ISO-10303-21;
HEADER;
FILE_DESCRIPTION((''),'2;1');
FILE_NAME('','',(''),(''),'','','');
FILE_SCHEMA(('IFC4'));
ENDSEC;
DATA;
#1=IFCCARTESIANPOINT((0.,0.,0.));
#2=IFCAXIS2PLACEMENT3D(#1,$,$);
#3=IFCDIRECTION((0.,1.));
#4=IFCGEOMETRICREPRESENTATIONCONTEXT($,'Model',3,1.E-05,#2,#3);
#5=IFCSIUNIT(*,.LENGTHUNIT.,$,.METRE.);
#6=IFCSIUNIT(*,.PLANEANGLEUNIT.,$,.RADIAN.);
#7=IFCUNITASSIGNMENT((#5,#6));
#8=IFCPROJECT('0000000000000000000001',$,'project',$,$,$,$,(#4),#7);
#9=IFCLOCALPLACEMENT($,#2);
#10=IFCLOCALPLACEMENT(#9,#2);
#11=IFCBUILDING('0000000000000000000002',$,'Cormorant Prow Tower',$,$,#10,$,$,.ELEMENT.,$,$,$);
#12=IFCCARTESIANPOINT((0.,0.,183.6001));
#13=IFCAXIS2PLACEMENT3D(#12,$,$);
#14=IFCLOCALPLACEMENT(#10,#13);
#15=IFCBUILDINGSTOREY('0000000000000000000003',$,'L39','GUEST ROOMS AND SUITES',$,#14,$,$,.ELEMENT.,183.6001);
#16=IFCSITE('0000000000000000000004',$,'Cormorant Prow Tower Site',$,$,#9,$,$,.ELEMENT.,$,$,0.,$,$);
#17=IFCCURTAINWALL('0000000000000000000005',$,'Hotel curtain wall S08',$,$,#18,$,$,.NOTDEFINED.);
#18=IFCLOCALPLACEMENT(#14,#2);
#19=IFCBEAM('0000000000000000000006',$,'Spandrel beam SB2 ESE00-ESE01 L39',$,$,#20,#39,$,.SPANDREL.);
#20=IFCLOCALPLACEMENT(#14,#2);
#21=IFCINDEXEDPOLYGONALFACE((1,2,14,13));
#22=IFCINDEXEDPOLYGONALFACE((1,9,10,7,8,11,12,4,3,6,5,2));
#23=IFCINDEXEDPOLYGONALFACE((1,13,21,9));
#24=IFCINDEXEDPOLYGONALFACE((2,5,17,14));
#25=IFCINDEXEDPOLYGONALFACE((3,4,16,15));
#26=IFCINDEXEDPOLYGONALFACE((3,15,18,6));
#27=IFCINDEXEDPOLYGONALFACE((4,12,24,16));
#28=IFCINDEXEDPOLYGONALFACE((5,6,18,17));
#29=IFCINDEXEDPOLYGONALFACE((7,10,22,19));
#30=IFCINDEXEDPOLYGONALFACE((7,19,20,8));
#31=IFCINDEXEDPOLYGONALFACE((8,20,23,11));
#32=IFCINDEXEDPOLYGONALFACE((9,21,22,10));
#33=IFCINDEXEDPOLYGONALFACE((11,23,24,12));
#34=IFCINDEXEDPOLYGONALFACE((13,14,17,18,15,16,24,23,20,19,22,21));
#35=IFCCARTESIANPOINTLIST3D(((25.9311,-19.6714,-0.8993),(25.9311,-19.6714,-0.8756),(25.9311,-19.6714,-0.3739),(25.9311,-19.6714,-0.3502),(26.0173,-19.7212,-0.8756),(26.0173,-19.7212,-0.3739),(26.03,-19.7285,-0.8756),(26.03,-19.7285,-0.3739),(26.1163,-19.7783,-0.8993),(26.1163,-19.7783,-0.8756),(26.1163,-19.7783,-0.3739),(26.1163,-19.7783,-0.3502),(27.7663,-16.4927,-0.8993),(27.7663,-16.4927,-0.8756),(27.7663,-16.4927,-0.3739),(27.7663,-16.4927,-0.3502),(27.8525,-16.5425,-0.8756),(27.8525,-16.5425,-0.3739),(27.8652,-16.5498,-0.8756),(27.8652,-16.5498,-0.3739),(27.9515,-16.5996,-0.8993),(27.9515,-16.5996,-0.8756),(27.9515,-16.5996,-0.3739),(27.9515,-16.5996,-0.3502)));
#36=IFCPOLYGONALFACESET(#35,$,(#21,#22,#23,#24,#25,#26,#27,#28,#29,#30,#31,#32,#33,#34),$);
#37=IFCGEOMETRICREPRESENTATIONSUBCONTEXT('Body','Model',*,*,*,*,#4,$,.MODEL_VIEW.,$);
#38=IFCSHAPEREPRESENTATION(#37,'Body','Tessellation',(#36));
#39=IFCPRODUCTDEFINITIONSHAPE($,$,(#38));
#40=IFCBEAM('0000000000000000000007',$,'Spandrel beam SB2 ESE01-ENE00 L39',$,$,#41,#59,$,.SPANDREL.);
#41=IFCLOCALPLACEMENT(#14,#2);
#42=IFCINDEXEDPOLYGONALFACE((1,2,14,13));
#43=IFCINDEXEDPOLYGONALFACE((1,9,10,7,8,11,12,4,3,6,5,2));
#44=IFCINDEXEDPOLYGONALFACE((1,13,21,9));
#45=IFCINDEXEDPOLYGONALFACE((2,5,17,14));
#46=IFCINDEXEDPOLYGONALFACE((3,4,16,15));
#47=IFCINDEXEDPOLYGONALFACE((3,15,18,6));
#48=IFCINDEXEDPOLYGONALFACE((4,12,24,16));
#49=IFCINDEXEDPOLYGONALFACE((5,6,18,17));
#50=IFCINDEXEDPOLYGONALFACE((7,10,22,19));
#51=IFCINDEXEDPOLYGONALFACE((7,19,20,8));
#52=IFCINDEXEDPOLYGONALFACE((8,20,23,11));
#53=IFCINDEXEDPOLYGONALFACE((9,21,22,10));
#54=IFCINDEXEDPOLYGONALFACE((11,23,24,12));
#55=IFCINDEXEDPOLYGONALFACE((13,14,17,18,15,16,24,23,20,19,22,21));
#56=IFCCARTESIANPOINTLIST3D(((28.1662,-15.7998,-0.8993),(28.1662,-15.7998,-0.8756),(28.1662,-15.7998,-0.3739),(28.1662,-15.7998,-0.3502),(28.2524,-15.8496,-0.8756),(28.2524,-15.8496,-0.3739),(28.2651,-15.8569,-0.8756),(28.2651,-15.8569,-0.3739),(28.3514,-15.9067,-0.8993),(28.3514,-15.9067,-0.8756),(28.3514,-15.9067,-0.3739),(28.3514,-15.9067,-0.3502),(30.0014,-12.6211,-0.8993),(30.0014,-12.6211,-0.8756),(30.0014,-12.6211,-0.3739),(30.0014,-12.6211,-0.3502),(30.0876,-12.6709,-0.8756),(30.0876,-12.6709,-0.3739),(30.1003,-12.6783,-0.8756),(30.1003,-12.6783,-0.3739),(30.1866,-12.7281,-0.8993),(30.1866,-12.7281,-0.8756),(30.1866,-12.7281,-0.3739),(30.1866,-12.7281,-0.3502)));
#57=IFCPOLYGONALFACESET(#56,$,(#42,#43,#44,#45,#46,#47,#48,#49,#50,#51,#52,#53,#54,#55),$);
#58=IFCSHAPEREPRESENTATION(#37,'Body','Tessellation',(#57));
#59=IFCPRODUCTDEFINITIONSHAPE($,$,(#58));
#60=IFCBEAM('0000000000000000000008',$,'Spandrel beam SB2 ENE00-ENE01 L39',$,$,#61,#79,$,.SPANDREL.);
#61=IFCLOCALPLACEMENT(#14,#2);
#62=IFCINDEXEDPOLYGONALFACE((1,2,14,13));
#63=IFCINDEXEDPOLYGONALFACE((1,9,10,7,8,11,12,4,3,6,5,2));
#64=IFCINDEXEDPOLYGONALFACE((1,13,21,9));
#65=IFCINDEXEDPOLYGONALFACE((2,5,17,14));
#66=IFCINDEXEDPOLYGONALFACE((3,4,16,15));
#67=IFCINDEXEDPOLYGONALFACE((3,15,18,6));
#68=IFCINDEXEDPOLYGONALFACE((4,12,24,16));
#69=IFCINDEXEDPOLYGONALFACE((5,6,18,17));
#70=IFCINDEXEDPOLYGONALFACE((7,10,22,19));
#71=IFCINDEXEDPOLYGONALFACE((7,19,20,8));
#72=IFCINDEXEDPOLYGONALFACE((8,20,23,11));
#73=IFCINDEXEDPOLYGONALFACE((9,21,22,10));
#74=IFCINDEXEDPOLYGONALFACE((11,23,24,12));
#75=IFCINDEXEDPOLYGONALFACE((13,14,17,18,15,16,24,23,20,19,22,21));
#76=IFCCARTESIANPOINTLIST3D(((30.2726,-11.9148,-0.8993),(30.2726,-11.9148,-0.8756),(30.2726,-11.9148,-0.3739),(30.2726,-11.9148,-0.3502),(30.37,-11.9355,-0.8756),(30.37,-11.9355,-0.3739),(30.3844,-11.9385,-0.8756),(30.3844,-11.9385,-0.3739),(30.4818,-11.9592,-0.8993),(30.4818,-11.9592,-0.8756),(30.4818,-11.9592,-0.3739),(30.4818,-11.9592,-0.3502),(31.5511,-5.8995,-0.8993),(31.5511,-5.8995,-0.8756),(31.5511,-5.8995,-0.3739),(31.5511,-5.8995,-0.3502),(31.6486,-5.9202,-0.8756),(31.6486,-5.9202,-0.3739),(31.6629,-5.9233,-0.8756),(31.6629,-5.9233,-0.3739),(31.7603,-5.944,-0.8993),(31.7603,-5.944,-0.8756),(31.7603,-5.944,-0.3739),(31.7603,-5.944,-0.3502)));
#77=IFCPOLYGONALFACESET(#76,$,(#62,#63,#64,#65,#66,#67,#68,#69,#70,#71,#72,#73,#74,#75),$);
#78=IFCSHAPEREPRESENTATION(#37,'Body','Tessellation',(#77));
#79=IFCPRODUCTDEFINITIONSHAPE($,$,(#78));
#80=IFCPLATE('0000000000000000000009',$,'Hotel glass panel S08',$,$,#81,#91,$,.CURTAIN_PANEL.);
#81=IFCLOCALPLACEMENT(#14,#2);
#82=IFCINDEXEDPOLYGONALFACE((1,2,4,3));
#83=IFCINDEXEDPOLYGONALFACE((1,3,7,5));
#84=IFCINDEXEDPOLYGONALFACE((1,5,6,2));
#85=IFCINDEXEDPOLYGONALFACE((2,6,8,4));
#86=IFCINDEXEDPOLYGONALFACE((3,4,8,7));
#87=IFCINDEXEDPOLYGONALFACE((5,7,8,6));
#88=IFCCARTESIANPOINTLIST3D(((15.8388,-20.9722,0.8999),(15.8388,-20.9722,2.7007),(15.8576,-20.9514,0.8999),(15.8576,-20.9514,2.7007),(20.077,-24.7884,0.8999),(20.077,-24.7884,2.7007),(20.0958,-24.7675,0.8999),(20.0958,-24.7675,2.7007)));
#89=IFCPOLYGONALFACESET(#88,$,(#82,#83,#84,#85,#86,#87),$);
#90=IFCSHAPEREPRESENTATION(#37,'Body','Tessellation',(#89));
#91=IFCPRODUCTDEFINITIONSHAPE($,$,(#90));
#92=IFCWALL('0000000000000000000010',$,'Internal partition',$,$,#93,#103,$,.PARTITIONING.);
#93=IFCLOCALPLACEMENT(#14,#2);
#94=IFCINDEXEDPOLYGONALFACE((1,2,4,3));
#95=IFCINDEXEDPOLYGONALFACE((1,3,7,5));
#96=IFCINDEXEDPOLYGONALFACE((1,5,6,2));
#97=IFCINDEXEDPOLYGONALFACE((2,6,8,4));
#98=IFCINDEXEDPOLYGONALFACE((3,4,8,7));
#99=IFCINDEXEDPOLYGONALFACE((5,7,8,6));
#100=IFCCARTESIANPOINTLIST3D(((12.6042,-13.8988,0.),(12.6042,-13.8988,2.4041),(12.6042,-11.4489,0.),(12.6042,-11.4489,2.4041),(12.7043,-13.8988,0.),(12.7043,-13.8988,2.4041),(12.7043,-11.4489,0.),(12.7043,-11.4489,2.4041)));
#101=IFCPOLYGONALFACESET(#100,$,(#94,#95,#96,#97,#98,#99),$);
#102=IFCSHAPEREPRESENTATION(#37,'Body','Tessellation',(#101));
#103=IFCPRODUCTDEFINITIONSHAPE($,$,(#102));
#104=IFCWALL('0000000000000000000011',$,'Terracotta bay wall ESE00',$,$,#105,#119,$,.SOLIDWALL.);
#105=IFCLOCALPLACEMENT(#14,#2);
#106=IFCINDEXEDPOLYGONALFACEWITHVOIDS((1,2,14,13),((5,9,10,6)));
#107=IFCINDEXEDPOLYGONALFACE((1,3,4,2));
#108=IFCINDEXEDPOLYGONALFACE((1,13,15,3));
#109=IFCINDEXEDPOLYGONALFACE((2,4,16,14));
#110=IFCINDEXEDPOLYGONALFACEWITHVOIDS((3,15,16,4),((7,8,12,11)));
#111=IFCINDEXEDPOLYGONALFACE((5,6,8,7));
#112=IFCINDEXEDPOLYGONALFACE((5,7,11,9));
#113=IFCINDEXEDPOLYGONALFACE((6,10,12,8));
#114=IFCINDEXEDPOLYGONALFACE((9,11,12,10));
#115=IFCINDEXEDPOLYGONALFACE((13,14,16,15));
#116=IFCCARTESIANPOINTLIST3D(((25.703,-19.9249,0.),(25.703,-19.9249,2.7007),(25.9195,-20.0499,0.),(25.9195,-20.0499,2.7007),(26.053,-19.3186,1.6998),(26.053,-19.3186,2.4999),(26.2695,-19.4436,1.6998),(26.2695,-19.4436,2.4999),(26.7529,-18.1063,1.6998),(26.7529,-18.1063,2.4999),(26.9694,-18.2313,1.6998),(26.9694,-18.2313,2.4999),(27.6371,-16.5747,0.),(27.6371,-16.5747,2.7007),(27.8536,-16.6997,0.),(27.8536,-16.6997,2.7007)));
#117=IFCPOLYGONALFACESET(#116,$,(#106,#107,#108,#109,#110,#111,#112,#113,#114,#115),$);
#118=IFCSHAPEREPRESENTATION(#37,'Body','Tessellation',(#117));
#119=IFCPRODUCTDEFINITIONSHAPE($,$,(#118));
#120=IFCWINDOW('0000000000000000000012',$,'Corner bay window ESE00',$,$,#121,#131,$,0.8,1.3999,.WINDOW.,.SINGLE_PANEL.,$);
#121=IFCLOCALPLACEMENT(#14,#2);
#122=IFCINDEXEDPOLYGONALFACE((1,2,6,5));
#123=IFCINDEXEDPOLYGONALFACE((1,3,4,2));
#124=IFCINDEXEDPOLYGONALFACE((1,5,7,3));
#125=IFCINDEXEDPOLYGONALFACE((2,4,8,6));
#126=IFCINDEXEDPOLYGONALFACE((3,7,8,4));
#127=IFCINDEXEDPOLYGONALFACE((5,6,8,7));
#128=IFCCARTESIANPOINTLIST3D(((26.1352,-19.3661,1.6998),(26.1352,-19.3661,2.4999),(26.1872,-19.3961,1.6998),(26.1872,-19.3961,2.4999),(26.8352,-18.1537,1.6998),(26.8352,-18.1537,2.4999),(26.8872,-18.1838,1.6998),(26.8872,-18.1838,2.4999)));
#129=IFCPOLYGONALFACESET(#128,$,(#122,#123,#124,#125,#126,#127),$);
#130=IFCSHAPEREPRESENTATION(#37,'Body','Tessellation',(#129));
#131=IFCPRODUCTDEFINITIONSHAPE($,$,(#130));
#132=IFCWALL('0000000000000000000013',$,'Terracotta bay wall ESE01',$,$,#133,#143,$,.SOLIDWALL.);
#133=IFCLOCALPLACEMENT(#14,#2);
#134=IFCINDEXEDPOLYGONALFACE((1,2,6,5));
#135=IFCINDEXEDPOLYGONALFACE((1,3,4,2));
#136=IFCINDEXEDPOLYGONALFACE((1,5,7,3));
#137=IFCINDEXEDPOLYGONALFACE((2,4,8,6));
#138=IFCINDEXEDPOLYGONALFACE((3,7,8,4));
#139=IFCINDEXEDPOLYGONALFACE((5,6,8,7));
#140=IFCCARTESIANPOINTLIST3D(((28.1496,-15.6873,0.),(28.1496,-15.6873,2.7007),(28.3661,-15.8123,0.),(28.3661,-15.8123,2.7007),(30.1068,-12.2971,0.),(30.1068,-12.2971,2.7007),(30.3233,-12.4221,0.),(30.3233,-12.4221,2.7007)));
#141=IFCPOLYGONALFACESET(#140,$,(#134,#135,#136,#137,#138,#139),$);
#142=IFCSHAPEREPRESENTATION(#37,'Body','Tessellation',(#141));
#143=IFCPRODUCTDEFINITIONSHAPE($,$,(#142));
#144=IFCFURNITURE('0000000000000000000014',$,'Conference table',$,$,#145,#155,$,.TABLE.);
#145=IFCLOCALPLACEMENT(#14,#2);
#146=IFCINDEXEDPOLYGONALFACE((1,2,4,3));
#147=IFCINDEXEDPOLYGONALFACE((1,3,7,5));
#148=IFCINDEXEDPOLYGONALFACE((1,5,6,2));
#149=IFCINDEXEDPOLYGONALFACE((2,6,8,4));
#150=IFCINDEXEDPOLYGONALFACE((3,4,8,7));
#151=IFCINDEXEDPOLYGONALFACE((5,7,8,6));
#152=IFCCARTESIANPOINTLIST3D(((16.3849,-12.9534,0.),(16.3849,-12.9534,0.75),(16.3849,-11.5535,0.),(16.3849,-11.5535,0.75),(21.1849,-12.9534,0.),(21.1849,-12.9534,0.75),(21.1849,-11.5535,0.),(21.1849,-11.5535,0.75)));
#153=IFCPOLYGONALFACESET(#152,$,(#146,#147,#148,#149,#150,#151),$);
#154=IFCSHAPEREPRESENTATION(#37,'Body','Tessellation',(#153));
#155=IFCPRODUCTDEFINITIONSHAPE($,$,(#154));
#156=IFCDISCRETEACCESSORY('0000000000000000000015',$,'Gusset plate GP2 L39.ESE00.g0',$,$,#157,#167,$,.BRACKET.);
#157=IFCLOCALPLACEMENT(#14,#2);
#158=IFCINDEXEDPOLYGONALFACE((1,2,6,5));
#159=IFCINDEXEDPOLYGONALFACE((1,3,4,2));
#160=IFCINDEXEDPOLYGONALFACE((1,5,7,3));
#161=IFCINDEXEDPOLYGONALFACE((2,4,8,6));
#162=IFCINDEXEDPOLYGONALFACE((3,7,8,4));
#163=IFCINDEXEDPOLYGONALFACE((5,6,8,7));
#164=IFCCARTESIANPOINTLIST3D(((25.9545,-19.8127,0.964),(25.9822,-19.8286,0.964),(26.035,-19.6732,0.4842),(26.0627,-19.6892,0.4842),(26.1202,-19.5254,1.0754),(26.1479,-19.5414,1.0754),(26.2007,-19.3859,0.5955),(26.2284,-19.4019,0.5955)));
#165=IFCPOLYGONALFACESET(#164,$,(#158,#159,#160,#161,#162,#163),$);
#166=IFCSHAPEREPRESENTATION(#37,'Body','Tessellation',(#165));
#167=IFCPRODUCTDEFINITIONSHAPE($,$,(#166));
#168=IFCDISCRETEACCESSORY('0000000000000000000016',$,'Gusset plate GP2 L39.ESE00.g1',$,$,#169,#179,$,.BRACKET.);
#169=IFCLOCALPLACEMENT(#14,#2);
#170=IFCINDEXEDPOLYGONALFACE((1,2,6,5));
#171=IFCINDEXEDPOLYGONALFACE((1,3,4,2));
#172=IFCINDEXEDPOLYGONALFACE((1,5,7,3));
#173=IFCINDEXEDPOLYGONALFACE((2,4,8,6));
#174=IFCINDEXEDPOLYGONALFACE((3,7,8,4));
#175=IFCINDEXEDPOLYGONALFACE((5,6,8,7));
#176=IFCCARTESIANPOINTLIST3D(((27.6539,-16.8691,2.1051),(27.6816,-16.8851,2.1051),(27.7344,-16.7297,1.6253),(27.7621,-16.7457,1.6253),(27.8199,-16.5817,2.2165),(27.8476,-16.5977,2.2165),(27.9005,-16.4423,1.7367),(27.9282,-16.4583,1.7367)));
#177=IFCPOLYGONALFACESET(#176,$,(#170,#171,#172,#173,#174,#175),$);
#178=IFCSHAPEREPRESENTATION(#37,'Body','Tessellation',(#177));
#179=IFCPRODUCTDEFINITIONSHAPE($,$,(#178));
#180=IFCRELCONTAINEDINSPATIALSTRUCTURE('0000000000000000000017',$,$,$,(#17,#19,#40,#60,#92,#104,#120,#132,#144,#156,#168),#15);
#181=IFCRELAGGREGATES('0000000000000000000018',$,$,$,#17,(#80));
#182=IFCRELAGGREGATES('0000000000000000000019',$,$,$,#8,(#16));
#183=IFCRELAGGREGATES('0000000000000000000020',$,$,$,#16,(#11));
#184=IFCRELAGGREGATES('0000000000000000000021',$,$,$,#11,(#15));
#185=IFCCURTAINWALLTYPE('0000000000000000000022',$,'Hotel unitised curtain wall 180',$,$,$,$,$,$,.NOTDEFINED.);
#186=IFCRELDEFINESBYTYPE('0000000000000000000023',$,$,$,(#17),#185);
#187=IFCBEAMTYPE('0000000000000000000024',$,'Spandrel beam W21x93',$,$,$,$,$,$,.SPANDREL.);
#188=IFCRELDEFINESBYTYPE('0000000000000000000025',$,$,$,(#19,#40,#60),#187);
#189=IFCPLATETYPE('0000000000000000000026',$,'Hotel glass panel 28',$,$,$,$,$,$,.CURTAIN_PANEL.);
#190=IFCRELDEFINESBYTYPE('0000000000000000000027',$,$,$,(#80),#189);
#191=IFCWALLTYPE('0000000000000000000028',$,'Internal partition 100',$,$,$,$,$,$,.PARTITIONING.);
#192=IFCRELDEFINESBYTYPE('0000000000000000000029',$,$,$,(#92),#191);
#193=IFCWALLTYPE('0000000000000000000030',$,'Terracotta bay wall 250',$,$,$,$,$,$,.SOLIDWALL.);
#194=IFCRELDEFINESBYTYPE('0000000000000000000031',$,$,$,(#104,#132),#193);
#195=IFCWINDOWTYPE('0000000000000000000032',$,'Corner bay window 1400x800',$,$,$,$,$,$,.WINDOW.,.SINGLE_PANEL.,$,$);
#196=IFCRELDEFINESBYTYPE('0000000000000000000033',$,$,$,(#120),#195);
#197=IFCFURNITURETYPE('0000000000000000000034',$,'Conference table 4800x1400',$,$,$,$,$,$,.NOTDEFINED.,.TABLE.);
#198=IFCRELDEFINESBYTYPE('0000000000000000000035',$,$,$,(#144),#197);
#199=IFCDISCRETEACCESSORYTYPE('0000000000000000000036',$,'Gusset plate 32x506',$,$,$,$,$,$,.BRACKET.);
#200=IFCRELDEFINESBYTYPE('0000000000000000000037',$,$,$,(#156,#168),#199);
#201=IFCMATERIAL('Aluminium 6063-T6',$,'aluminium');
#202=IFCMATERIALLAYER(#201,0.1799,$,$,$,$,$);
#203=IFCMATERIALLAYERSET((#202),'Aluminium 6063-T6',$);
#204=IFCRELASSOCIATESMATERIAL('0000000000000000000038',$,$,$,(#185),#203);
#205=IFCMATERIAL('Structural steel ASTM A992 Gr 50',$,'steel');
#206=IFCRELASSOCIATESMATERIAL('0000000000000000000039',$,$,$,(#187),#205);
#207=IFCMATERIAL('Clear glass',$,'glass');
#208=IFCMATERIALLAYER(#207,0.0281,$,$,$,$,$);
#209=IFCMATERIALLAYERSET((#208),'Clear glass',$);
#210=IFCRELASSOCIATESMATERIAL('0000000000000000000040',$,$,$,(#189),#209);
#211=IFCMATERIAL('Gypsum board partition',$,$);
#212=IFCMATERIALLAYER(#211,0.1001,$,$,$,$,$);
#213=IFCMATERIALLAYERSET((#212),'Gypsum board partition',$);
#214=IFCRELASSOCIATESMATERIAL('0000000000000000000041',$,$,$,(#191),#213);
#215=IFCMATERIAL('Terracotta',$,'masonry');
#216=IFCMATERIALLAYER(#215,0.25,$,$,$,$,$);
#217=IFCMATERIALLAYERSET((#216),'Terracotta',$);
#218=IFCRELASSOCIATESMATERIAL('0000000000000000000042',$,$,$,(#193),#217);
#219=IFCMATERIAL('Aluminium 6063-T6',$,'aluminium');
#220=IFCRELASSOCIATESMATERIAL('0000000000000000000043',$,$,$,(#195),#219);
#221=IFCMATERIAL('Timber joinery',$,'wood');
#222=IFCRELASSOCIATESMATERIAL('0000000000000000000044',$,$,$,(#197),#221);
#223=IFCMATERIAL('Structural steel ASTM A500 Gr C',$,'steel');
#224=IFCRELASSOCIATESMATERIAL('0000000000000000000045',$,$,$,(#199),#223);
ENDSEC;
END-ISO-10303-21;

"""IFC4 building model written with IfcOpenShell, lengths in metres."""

from ifc_helpers import new_model, si_unit, direction, frame, frame_2d, origin, origin_2d, place, context, subcontext, project, spatial, rectangle, i_section, extrude, material, layer, layer_set, material_profile, profile_set, type_object, element, fill, aggregate, save


model = new_model("IFC4")

# Units and contexts
model_context = context("Model", 3, precision=1e-05, world=origin(), true_north=direction((0.0, 1.0)))
body_context = subcontext(model_context, "Body", "Model", "MODEL_VIEW")
ifc_project = project(units=[si_unit("LENGTHUNIT", "METRE"), si_unit("PLANEANGLEUNIT", "RADIAN")], contexts=[model_context])

# Site, building, storey
site_placement = place(None, origin())
site = spatial("IfcSite", under=ifc_project, at=site_placement, Name="Cormorant Prow Tower Site", CompositionType="ELEMENT", RefElevation=0.0)
building_placement = place(site_placement, origin())
building = spatial("IfcBuilding", under=site, at=building_placement, Name="Cormorant Prow Tower", CompositionType="ELEMENT")
storey_placement = place(building_placement, frame((0.0, 0.0, 183.6001)))
storey = spatial("IfcBuildingStorey", under=building, at=storey_placement, Name="L39", Description="GUEST ROOMS AND SUITES", CompositionType="ELEMENT", Elevation=183.6001)

# Curtain wall
ifc_material_1 = material(Name="Aluminium 6063-T6", Category="aluminium")
ifc_layer_1 = layer(ifc_material_1, 0.1799)
ifc_layer_set_1 = layer_set([ifc_layer_1], Name="Aluminium 6063-T6")
curtain_wall_type = type_object("IfcCurtainWallType", Name="Hotel unitised curtain wall 180", PredefinedType="NOTDEFINED", material=ifc_layer_set_1)
curtain_wall_placement = place(storey_placement, origin())
curtain_wall = element("IfcCurtainWall", 1, at=curtain_wall_placement, inside=storey, type_object=curtain_wall_type, Name="Hotel curtain wall S08", PredefinedType="NOTDEFINED")

# Beams
ifc_material_2 = material(Name="Structural steel ASTM A992 Gr 50", Category="steel")
ifc_material_profile_1 = material_profile(ifc_material_2, i_section(OverallWidth=0.2139, OverallDepth=0.5491, WebThickness=0.0146, FlangeThickness=0.0237, at=origin_2d()), Name="W21x93")
ifc_profile_set_1 = profile_set([ifc_material_profile_1], Name="Structural steel ASTM A992 Gr 50")
beam_type = type_object("IfcBeamType", Name="Spandrel beam W21x93", PredefinedType="SPANDREL", material=ifc_profile_set_1)
for number, where, z_axis, x_axis, name in (
    (2, (26.0237, -19.7249, -0.6248), (0.499995, 0.866028, 0.0), (-0.866028, 0.499995, 0.0), "Spandrel beam SB2 ESE00-ESE01 L39"),
    (3, (28.2588, -15.8533, -0.6248), (0.499995, 0.866028, 0.0), (-0.866028, 0.499995, 0.0), "Spandrel beam SB2 ESE01-ENE00 L39"),
):
    element("IfcBeam", number, at=place(storey_placement, frame(where, z_axis=z_axis, x_axis=x_axis)), inside=storey, type_object=beam_type, Name=name, PredefinedType="SPANDREL", context=body_context, shape_type="SweptSolid", body=[
        extrude(i_section(OverallWidth=0.2139, OverallDepth=0.5491, WebThickness=0.0146, FlangeThickness=0.0237, at=origin_2d()), origin(), (0.0, 0.0, 1.0), 3.6704),
    ])
beam_1_placement = place(storey_placement, frame((30.3772, -11.937, -0.6248), z_axis=(0.207905, 0.978149, 0.0), x_axis=(-0.978149, 0.207905, 0.0)))
element("IfcBeam", 4, at=beam_1_placement, inside=storey, type_object=beam_type, Name="Spandrel beam SB2 ENE00-ENE01 L39", PredefinedType="SPANDREL", context=body_context, shape_type="SweptSolid", body=[
    extrude(i_section(OverallWidth=0.2139, OverallDepth=0.5491, WebThickness=0.0146, FlangeThickness=0.0237, at=origin_2d()), origin(), (0.0, 0.0, 1.0), 6.1497),
])

# Plate
ifc_material_3 = material(Name="Clear glass", Category="glass")
ifc_layer_2 = layer(ifc_material_3, 0.0281)
ifc_layer_set_2 = layer_set([ifc_layer_2], Name="Clear glass")
plate_type = type_object("IfcPlateType", Name="Hotel glass panel 28", PredefinedType="CURTAIN_PANEL", material=ifc_layer_set_2)
plate_placement = place(storey_placement, frame((17.9673, -22.8699, 0.8999), z_axis=(0.0, 0.0, 1.0), x_axis=(0.743145, -0.669131, 0.0)))
plate = element("IfcPlate", 5, at=plate_placement, type_object=plate_type, Name="Hotel glass panel S08", PredefinedType="CURTAIN_PANEL", context=body_context, shape_type="SweptSolid", body=[
    extrude(rectangle(XDim=5.7031, YDim=0.0281, at=origin_2d()), origin(), (0.0, 0.0, 1.0), 1.8008),
])
aggregate(curtain_wall, [plate])

# Wall
ifc_material_4 = material(Name="Gypsum board partition")
ifc_layer_3 = layer(ifc_material_4, 0.1001)
ifc_layer_set_3 = layer_set([ifc_layer_3], Name="Gypsum board partition")
wall_type_1 = type_object("IfcWallType", Name="Internal partition 100", PredefinedType="PARTITIONING", material=ifc_layer_set_3)
wall_1_placement = place(storey_placement, frame((12.6543, -13.8989, 0.0), z_axis=(0.0, 0.0, 1.0), x_axis=(0.0, 1.0, 0.0)))
element("IfcWall", 6, at=wall_1_placement, inside=storey, type_object=wall_type_1, Name="Internal partition", PredefinedType="PARTITIONING", context=body_context, shape_type="SweptSolid", body=[
    extrude(rectangle(XDim=2.45, YDim=0.1001, at=frame_2d((1.2251, 0.0))), origin(), (0.0, 0.0, 1.0), 2.4041),
])

# Wall, opening, window
ifc_material_5 = material(Name="Terracotta", Category="masonry")
ifc_layer_4 = layer(ifc_material_5, 0.25)
ifc_layer_set_4 = layer_set([ifc_layer_4], Name="Terracotta")
wall_type_2 = type_object("IfcWallType", Name="Terracotta bay wall 250", PredefinedType="SOLIDWALL", material=ifc_layer_set_4)
wall_2_placement = place(storey_placement, frame((25.8113, -19.9873, 0.0), z_axis=(0.0, 0.0, 1.0), x_axis=(0.499981, 0.866036, 0.0)))
wall_2 = element("IfcWall", 7, at=wall_2_placement, inside=storey, type_object=wall_type_2, Name="Terracotta bay wall ESE00", PredefinedType="SOLIDWALL", context=body_context, shape_type="SweptSolid", body=[
    extrude(rectangle(XDim=3.8684, YDim=0.25, at=frame_2d((1.9341, 0.0))), origin(), (0.0, 0.0, 1.0), 2.7007),
])
opening_1_placement = place(wall_2_placement, frame((0.7, 0.0, 1.7)))
opening_1 = element("IfcOpeningElement", 8, at=opening_1_placement, cuts=wall_2, PredefinedType="OPENING", context=body_context, shape_type="SweptSolid", body=[
    extrude(rectangle(XDim=1.3999, YDim=0.8, at=frame_2d((0.7, 0.3999))), frame((0.0, 0.135, 0.0), z_axis=(0.0, -1.0, 0.0), x_axis=(1.0, 0.0, 0.0)), (0.0, 0.0, 1.0), 0.27),
])
ifc_material_6 = material(Name="Aluminium 6063-T6", Category="aluminium")
window_type = type_object("IfcWindowType", Name="Corner bay window 1400x800", PartitioningType="SINGLE_PANEL", PredefinedType="WINDOW", material=ifc_material_6)
window_placement = place(opening_1_placement, origin())
window = element("IfcWindow", 9, at=window_placement, inside=storey, type_object=window_type, Name="Corner bay window ESE00", OverallHeight=0.8, OverallWidth=1.3999, PartitioningType="SINGLE_PANEL", PredefinedType="WINDOW", context=body_context, shape_type="SweptSolid", body=[
    extrude(rectangle(XDim=1.3999, YDim=0.8, at=frame_2d((0.7, 0.3999))), frame((0.0, 0.03, 0.0), z_axis=(0.0, -1.0, 0.0), x_axis=(1.0, 0.0, 0.0)), (0.0, 0.0, 1.0), 0.0601),
])
fill(opening_1, window)

# Wall
wall_3_placement = place(storey_placement, frame((28.2578, -15.7498, 0.0), z_axis=(0.0, 0.0, 1.0), x_axis=(0.499996, 0.866028, 0.0)))
element("IfcWall", 10, at=wall_3_placement, inside=storey, type_object=wall_type_2, Name="Terracotta bay wall ESE01", PredefinedType="SOLIDWALL", context=body_context, shape_type="SweptSolid", body=[
    extrude(rectangle(XDim=3.9146, YDim=0.25, at=frame_2d((1.9573, 0.0))), origin(), (0.0, 0.0, 1.0), 2.7007),
])

# Furniture
ifc_material_7 = material(Name="Timber joinery", Category="wood")
furniture_type = type_object("IfcFurnitureType", Name="Conference table 4800x1400", AssemblyPlace="NOTDEFINED", PredefinedType="TABLE", material=ifc_material_7)
furniture_placement = place(storey_placement, frame((18.7849, -12.2534, 0.0), z_axis=(0.0, 0.0, 1.0), x_axis=(1.0, 0.0, 0.0)))
element("IfcFurniture", 11, at=furniture_placement, inside=storey, type_object=furniture_type, Name="Conference table", PredefinedType="TABLE", context=body_context, shape_type="SweptSolid", body=[
    extrude(rectangle(XDim=4.8, YDim=1.3999, at=origin_2d()), origin(), (0.0, 0.0, 1.0), 0.75),
])

# Discrete accessories
ifc_material_8 = material(Name="Structural steel ASTM A500 Gr C", Category="steel")
ifc_material_profile_2 = material_profile(ifc_material_8, rectangle(XDim=0.032, YDim=0.5061, at=origin_2d()), Name="Gusset plate 32x506")
ifc_profile_set_2 = profile_set([ifc_material_profile_2], Name="Structural steel ASTM A500 Gr C")
discrete_accessory_type = type_object("IfcDiscreteAccessoryType", Name="Gusset plate 32x506", PredefinedType="BRACKET", material=ifc_profile_set_2)
discrete_accessory_1_placement = place(storey_placement, frame((26.1743, -19.4636, 0.8354), z_axis=(-0.473737, -0.82119, -0.31815), x_axis=(0.866198, -0.499701, 0.0)))
element("IfcDiscreteAccessory", 12, at=discrete_accessory_1_placement, inside=storey, type_object=discrete_accessory_type, Name="Gusset plate GP2 L39.ESE00.g0", PredefinedType="BRACKET", context=body_context, shape_type="SweptSolid", body=[
    extrude(rectangle(XDim=0.032, YDim=0.5061, at=origin_2d()), origin(), (0.0, 0.0, 1.0), 0.3499),
])
for number, where, z_axis, x_axis, name in (
    (13, (27.708, -16.8074, 1.8652), (0.474278, 0.820919, 0.318045), (-0.865879, 0.500253, 0.0), "Gusset plate GP2 L39.ESE00.g1"),
):
    element("IfcDiscreteAccessory", number, at=place(storey_placement, frame(where, z_axis=z_axis, x_axis=x_axis)), inside=storey, type_object=discrete_accessory_type, Name=name, PredefinedType="BRACKET", context=body_context, shape_type="SweptSolid", body=[
        extrude(rectangle(XDim=0.032, YDim=0.5061, at=origin_2d()), origin(), (0.0, 0.0, 1.0), 0.3501),
    ])

save(model, "model.ifc")
